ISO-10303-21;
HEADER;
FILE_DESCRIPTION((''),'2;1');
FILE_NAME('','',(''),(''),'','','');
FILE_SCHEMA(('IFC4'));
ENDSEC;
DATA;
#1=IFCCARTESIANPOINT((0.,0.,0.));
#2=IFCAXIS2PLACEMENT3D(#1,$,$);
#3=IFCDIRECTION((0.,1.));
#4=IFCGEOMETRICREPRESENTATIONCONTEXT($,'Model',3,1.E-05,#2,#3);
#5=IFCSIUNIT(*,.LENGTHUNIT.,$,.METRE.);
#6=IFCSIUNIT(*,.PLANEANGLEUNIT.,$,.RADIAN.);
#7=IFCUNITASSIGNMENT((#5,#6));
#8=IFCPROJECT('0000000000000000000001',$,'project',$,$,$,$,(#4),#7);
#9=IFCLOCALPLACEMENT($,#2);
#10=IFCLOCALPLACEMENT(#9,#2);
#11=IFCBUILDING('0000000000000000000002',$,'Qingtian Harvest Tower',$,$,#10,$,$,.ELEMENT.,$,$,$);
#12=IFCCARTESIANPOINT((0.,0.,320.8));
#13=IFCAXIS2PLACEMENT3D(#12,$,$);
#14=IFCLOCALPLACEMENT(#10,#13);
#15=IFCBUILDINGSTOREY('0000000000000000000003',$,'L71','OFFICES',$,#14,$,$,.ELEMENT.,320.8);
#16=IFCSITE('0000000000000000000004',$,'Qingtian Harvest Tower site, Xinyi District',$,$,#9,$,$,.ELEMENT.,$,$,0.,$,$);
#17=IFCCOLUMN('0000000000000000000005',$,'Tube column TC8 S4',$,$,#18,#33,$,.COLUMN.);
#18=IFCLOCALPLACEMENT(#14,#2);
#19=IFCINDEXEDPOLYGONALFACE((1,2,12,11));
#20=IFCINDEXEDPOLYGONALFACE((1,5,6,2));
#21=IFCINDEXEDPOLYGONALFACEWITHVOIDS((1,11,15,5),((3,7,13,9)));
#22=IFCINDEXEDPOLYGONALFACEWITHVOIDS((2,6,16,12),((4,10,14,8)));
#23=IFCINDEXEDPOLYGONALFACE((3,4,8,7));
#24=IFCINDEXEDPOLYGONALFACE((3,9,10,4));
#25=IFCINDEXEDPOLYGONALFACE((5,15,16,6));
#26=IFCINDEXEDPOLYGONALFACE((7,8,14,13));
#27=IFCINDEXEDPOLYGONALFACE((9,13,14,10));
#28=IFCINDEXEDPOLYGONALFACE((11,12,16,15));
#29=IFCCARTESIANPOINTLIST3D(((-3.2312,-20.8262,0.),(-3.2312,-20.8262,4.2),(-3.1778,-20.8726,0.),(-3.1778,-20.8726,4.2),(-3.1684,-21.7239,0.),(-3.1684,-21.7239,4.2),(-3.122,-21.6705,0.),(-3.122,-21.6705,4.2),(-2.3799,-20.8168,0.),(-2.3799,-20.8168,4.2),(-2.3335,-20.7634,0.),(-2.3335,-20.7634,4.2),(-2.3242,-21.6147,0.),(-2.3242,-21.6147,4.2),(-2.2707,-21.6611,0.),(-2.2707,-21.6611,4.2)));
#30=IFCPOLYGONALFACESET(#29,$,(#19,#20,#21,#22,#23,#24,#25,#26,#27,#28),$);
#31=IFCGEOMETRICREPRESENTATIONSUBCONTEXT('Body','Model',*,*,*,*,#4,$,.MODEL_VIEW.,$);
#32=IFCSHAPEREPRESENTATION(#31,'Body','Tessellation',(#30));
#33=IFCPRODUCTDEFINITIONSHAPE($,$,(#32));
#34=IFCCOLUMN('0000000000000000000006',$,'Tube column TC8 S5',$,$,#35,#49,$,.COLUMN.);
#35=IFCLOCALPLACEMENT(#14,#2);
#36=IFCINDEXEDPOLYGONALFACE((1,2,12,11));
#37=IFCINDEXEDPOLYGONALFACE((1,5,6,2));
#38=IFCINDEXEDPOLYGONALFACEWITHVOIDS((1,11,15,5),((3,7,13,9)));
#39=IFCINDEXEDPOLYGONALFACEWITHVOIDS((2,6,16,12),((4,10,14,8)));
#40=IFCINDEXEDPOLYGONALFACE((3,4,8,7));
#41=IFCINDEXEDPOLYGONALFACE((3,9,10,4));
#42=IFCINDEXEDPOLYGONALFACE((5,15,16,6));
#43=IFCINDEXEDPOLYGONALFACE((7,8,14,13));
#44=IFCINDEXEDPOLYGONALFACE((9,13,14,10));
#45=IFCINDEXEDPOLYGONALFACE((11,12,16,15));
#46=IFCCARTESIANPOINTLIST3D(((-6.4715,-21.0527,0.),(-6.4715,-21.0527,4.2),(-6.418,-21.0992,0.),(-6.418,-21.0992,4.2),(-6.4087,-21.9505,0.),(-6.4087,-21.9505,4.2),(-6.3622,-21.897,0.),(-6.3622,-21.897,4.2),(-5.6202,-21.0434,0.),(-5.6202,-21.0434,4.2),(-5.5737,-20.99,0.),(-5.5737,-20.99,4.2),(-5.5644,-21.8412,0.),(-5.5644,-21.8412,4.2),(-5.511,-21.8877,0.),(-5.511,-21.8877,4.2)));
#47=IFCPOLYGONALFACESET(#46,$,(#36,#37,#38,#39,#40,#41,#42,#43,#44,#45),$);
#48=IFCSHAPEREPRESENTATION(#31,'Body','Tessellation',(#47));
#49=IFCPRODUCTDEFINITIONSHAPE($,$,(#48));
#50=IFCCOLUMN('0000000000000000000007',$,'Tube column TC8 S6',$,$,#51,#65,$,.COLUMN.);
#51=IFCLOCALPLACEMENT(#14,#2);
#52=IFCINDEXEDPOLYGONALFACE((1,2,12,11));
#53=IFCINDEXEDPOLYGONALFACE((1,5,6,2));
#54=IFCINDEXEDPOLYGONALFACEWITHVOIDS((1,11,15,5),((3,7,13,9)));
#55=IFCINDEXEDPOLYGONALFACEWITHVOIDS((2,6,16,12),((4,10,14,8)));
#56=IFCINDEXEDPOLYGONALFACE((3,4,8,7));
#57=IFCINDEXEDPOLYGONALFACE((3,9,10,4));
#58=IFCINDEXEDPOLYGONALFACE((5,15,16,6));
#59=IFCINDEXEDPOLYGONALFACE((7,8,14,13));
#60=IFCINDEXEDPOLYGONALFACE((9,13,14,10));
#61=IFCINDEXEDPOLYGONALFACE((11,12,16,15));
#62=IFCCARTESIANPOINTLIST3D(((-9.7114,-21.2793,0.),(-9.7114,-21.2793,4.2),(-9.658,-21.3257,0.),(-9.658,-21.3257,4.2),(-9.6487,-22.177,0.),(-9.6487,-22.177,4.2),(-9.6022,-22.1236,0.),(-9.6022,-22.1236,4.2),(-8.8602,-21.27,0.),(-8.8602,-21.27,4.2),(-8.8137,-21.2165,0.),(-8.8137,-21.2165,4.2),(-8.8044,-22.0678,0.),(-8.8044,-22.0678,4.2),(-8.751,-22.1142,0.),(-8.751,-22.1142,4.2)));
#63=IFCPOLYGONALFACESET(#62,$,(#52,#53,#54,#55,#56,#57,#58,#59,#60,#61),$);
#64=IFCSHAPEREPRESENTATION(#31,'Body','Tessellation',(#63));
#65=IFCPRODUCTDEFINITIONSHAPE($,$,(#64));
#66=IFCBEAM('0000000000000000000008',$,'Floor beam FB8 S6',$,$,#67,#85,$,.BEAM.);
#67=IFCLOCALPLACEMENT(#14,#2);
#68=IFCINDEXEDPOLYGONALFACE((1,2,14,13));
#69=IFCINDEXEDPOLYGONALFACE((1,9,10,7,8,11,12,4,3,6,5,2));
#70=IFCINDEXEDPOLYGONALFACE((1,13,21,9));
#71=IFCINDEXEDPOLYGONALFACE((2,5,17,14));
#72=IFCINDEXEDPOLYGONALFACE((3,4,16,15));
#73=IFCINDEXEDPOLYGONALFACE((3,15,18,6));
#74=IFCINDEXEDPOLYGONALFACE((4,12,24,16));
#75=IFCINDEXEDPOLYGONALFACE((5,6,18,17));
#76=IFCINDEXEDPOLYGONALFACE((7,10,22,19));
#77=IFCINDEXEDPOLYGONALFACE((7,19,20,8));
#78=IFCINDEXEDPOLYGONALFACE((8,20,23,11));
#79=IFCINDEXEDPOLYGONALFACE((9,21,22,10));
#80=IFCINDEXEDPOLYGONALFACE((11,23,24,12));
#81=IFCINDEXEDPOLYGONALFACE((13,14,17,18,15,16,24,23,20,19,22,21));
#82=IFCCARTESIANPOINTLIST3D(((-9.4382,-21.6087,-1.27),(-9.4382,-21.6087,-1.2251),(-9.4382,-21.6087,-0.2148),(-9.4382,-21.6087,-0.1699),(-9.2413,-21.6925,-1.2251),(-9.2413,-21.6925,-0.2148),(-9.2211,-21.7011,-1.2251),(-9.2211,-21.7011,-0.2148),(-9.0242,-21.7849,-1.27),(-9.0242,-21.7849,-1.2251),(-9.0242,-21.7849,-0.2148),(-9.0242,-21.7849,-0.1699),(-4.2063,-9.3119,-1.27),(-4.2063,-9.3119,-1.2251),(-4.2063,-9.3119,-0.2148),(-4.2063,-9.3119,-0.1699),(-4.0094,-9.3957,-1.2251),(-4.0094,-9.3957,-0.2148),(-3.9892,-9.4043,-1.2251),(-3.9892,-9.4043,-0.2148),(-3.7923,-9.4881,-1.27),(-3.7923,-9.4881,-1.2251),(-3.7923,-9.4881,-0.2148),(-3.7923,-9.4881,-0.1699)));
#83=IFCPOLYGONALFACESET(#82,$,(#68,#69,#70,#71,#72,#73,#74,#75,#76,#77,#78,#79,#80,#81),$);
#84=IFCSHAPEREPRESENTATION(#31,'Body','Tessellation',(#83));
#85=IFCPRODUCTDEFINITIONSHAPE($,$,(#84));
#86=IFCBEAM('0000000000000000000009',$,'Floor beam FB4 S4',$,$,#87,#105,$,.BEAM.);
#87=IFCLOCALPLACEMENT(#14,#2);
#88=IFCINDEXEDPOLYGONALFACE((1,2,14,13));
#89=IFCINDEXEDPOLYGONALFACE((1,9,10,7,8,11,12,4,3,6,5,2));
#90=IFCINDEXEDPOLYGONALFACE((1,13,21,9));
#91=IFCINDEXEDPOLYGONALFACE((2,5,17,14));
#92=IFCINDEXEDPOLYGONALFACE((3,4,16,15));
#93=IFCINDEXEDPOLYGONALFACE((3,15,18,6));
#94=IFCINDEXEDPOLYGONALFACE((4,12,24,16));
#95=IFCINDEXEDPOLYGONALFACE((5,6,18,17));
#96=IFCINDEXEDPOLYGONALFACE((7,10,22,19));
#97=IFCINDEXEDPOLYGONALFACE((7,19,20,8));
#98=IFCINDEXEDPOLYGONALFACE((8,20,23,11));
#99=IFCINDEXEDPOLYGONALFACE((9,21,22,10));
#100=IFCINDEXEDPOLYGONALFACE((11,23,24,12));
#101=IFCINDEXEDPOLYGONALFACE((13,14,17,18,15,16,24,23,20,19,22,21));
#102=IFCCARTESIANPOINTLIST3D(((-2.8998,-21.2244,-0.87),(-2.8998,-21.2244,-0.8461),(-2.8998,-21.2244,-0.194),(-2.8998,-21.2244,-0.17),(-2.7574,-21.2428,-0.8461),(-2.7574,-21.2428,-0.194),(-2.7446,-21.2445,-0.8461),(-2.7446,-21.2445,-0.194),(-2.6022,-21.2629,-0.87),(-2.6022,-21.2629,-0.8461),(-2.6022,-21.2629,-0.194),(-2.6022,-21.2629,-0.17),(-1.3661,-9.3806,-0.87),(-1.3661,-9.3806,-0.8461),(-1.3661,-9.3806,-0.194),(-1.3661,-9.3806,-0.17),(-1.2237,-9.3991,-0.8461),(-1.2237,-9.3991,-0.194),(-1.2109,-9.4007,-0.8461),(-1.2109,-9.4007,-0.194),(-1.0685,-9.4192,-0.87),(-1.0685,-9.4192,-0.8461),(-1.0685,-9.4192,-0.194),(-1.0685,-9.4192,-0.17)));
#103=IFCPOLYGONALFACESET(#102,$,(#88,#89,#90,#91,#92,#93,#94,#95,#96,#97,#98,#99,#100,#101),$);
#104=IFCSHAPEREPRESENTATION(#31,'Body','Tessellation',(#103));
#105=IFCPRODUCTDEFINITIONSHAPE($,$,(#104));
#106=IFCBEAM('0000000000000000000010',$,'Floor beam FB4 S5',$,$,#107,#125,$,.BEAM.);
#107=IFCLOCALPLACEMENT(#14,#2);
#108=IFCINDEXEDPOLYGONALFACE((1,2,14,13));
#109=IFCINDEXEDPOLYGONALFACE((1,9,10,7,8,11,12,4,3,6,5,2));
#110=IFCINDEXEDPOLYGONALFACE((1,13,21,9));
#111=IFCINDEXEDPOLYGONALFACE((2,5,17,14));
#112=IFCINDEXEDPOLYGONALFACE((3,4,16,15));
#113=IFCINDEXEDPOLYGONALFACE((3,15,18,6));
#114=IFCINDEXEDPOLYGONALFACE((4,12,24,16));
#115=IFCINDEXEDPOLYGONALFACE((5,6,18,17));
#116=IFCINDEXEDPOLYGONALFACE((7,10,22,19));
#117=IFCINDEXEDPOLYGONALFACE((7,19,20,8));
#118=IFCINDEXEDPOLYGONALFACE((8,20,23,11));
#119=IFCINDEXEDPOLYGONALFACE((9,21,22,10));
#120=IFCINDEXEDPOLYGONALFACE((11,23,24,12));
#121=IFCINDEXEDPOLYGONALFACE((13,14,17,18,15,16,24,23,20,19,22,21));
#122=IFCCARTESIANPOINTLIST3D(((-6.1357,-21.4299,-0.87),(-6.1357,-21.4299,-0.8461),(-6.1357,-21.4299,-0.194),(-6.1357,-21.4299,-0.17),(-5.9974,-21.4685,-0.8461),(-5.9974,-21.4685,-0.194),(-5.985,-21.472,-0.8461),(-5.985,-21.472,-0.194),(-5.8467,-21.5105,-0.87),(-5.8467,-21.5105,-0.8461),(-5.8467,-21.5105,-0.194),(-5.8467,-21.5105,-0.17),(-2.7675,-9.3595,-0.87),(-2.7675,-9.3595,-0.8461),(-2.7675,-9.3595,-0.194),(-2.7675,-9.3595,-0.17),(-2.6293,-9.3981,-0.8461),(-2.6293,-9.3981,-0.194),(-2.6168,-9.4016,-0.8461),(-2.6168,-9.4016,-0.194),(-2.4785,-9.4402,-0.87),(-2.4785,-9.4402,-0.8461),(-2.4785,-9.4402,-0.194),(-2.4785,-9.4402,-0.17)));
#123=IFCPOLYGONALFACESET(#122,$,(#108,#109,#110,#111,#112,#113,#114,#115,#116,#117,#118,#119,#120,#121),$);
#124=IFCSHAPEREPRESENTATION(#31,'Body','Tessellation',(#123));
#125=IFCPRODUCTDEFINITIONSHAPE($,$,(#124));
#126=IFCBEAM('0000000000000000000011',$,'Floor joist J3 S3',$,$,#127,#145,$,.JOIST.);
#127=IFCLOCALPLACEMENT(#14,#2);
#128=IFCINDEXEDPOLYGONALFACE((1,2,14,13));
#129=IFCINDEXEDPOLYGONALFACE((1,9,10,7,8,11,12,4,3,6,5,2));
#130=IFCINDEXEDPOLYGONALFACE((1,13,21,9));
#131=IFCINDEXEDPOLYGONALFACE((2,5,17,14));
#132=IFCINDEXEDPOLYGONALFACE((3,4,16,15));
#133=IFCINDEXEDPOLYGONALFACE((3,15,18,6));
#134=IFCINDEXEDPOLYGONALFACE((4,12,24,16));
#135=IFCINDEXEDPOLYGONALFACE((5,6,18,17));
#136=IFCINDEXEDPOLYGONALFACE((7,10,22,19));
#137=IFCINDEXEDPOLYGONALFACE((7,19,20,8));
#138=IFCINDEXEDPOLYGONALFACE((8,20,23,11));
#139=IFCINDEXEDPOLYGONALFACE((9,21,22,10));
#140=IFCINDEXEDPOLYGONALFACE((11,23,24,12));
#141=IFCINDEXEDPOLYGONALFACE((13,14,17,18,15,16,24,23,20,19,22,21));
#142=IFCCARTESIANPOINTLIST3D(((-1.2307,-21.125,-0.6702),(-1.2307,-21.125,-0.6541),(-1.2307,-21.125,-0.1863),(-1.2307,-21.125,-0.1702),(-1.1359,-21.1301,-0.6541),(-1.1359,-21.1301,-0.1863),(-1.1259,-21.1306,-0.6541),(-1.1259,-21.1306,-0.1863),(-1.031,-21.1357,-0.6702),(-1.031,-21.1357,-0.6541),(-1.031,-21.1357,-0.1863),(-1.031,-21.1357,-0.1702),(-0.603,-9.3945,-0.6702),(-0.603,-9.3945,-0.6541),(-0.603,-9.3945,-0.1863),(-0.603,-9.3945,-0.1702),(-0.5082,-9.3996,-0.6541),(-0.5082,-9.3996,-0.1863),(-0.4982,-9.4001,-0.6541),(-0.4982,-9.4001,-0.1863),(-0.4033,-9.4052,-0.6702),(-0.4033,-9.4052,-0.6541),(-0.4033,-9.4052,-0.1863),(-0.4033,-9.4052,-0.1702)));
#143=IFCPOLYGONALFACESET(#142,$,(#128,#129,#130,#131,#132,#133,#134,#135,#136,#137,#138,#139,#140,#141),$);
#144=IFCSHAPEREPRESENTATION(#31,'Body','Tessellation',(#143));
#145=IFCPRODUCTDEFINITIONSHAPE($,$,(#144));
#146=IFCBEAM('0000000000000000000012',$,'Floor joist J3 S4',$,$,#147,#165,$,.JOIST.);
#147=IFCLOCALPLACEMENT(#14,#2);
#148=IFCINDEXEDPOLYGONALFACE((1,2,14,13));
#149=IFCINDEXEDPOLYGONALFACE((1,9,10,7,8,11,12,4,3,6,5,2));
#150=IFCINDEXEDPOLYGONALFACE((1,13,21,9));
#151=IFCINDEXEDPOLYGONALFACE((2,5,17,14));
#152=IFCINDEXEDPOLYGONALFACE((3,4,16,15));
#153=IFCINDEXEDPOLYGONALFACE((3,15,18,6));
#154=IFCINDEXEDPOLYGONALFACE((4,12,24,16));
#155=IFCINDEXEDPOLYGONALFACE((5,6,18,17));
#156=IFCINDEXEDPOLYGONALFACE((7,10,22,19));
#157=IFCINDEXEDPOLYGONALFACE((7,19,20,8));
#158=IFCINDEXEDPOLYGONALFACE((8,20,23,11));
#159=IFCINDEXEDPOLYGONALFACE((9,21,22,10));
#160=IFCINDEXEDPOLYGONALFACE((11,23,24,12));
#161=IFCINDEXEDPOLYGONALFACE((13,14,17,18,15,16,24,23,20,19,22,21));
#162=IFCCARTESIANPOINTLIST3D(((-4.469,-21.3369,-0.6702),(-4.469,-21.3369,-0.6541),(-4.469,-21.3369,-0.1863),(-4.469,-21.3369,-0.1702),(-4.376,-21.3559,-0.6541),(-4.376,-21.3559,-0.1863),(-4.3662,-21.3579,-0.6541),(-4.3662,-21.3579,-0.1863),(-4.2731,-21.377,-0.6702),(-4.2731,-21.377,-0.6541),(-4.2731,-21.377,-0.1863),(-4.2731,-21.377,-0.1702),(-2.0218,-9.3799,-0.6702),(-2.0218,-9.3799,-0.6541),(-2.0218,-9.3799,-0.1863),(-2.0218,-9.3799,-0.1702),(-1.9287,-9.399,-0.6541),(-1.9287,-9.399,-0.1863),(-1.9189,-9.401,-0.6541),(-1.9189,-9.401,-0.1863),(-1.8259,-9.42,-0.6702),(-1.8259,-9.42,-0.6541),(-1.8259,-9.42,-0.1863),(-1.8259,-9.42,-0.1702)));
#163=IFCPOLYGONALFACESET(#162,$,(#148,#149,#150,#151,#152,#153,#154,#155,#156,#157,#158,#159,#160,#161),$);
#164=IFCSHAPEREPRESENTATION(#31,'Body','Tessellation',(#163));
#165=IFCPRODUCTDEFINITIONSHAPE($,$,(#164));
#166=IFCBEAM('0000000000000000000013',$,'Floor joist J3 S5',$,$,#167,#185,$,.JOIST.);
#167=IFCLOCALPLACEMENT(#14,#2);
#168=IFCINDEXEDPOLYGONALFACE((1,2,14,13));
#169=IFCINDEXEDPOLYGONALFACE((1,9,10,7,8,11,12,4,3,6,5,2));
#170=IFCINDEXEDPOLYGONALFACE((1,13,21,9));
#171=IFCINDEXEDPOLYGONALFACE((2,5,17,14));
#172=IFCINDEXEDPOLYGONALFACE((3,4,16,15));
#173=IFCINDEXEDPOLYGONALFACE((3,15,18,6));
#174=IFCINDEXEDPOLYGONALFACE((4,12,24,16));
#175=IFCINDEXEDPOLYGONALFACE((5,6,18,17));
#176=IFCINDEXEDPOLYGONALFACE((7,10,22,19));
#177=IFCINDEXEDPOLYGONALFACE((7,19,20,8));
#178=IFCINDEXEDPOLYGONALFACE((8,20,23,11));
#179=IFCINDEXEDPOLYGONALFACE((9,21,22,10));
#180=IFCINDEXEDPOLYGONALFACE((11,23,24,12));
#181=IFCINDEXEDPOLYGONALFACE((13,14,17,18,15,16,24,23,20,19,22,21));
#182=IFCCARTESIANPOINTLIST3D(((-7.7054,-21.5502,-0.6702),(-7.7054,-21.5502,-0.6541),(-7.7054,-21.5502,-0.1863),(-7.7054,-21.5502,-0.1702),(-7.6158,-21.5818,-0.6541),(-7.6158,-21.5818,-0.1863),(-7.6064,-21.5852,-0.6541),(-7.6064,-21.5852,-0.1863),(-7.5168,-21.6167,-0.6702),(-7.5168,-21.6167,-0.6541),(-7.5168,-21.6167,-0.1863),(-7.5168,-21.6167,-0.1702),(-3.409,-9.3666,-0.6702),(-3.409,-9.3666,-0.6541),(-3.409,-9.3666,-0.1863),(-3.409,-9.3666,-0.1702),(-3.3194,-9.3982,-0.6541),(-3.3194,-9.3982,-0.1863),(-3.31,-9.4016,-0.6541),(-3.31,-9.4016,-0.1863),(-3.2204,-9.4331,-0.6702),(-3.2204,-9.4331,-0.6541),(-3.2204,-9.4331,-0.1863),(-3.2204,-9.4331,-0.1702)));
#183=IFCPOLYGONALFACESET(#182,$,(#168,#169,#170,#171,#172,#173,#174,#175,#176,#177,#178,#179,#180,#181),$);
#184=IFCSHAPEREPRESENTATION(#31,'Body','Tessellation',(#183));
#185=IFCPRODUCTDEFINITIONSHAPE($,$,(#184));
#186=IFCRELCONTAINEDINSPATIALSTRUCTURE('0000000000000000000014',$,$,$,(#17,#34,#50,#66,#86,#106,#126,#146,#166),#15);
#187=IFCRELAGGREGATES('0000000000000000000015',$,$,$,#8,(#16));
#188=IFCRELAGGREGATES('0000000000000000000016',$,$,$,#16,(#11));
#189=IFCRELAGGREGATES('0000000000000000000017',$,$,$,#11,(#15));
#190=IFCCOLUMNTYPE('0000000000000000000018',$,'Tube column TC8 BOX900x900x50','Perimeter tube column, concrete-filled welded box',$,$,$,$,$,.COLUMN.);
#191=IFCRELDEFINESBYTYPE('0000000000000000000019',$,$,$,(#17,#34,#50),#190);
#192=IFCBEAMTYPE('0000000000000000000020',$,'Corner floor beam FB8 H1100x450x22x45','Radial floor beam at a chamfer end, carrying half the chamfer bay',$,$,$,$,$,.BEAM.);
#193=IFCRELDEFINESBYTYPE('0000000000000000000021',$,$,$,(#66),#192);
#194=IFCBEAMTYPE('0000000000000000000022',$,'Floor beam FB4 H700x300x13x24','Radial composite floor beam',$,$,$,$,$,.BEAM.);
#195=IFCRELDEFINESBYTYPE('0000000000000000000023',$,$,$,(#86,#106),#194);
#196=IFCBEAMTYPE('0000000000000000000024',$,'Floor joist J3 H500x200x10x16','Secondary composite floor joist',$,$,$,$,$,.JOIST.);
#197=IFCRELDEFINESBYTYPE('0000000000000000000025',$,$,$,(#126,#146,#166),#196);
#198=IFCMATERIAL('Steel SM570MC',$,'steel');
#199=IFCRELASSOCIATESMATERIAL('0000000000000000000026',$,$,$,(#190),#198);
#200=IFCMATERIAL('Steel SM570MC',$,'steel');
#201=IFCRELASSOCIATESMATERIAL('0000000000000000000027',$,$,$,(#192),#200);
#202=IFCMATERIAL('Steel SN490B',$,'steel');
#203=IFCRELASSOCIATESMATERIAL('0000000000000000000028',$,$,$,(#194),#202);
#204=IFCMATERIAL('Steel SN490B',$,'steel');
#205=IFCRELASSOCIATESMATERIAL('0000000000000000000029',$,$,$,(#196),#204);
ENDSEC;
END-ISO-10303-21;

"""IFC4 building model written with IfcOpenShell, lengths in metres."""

from ifc_helpers import new_model, si_unit, direction, frame, origin, origin_2d, place, context, subcontext, project, spatial, hollow_rectangle, i_section, extrude, material, material_profile, profile_set, type_object, element, save


model = new_model("IFC4")

# Units and contexts
model_context = context("Model", 3, precision=1e-05, world=origin(), true_north=direction((0.0, 1.0)))
body_context = subcontext(model_context, "Body", "Model", "MODEL_VIEW")
ifc_project = project(units=[si_unit("LENGTHUNIT", "METRE"), si_unit("PLANEANGLEUNIT", "RADIAN")], contexts=[model_context])

# Site, building, storey
site_placement = place(None, origin())
site = spatial("IfcSite", under=ifc_project, at=site_placement, Name="Qingtian Harvest Tower site, Xinyi District", CompositionType="ELEMENT", RefElevation=0.0)
building_placement = place(site_placement, origin())
building = spatial("IfcBuilding", under=site, at=building_placement, Name="Qingtian Harvest Tower", CompositionType="ELEMENT")
storey_placement = place(building_placement, frame((0.0, 0.0, 320.8)))
storey = spatial("IfcBuildingStorey", under=building, at=storey_placement, Name="L71", Description="OFFICES", CompositionType="ELEMENT", Elevation=320.8)

# Columns
ifc_material_1 = material(Name="Steel SM570MC", Category="steel")
ifc_material_profile_1 = material_profile(ifc_material_1, hollow_rectangle(XDim=0.8999, YDim=0.8999, WallThickness=0.05, at=origin_2d()), Name="BOX900x900x50")
ifc_profile_set_1 = profile_set([ifc_material_profile_1], Name="Steel SM570MC")
column_type = type_object("IfcColumnType", Name="Tube column TC8 BOX900x900x50", Description="Perimeter tube column, concrete-filled welded box", PredefinedType="COLUMN", material=ifc_profile_set_1)
for number, where, z_axis, x_axis, name in (
    (1, (-2.751, -21.2437, 0.0), (0.0, 0.0, 1.0), (0.997564, 0.069756, 0.0), "Tube column TC8 S4"),
    (2, (-5.9912, -21.4702, 0.0), (0.0, 0.0, 1.0), (0.997564, 0.069756, 0.0), "Tube column TC8 S5"),
    (3, (-9.2312, -21.6968, 0.0), (0.0, 0.0, 1.0), (0.997564, 0.069756, 0.0), "Tube column TC8 S6"),
):
    element("IfcColumn", number, at=place(storey_placement, frame(where, z_axis=z_axis, x_axis=x_axis)), inside=storey, type_object=column_type, Name=name, PredefinedType="COLUMN", context=body_context, shape_type="SweptSolid", body=[
        extrude(hollow_rectangle(XDim=0.8999, YDim=0.8999, WallThickness=0.05, at=origin_2d()), origin(), (0.0, 0.0, 1.0), 4.2),
    ])

# Beams
ifc_material_2 = material(Name="Steel SM570MC", Category="steel")
ifc_material_profile_2 = material_profile(ifc_material_2, i_section(OverallWidth=0.45, OverallDepth=1.1001, WebThickness=0.022, FlangeThickness=0.0449, at=origin_2d()), Name="H1100x450x22x45")
ifc_profile_set_2 = profile_set([ifc_material_profile_2], Name="Steel SM570MC")
beam_type_1 = type_object("IfcBeamType", Name="Corner floor beam FB8 H1100x450x22x45", Description="Radial floor beam at a chamfer end, carrying half the chamfer bay", PredefinedType="BEAM", material=ifc_profile_set_2)
beam_1_placement = place(storey_placement, frame((-9.2312, -21.6968, -0.72), z_axis=(0.391506, 0.920176, 0.0), x_axis=(-0.920176, 0.391506, 0.0)))
element("IfcBeam", 4, at=beam_1_placement, inside=storey, type_object=beam_type_1, Name="Floor beam FB8 S6", PredefinedType="BEAM", context=body_context, shape_type="SweptSolid", body=[
    extrude(i_section(OverallWidth=0.45, OverallDepth=1.1001, WebThickness=0.022, FlangeThickness=0.0449, at=origin_2d()), origin(), (0.0, 0.0, 1.0), 13.3635),
])
ifc_material_3 = material(Name="Steel SN490B", Category="steel")
ifc_material_profile_3 = material_profile(ifc_material_3, i_section(OverallWidth=0.3, OverallDepth=0.7, WebThickness=0.0129, FlangeThickness=0.0239, at=origin_2d()), Name="H700x300x13x24")
ifc_profile_set_3 = profile_set([ifc_material_profile_3], Name="Steel SN490B")
beam_type_2 = type_object("IfcBeamType", Name="Floor beam FB4 H700x300x13x24", Description="Radial composite floor beam", PredefinedType="BEAM", material=ifc_profile_set_3)
beam_2_placement = place(storey_placement, frame((-2.751, -21.2437, -0.52), z_axis=(0.128421, 0.99172, 0.0), x_axis=(-0.99172, 0.128421, 0.0)))
element("IfcBeam", 5, at=beam_2_placement, inside=storey, type_object=beam_type_2, Name="Floor beam FB4 S4", PredefinedType="BEAM", context=body_context, shape_type="SweptSolid", body=[
    extrude(i_section(OverallWidth=0.3, OverallDepth=0.7, WebThickness=0.0129, FlangeThickness=0.0239, at=origin_2d()), origin(), (0.0, 0.0, 1.0), 11.9426),
])
beam_3_placement = place(storey_placement, frame((-5.9912, -21.4702, -0.52), z_axis=(0.268777, 0.963202, 0.0), x_axis=(-0.963202, 0.268777, 0.0)))
element("IfcBeam", 6, at=beam_3_placement, inside=storey, type_object=beam_type_2, Name="Floor beam FB4 S5", PredefinedType="BEAM", context=body_context, shape_type="SweptSolid", body=[
    extrude(i_section(OverallWidth=0.3, OverallDepth=0.7, WebThickness=0.0129, FlangeThickness=0.0239, at=origin_2d()), origin(), (0.0, 0.0, 1.0), 12.5315),
])
ifc_material_4 = material(Name="Steel SN490B", Category="steel")
ifc_material_profile_4 = material_profile(ifc_material_4, i_section(OverallWidth=0.2, OverallDepth=0.5, WebThickness=0.01, FlangeThickness=0.0161, at=origin_2d()), Name="H500x200x10x16")
ifc_profile_set_4 = profile_set([ifc_material_profile_4], Name="Steel SN490B")
beam_type_3 = type_object("IfcBeamType", Name="Floor joist J3 H500x200x10x16", Description="Secondary composite floor joist", PredefinedType="JOIST", material=ifc_profile_set_4)
beam_4_placement = place(storey_placement, frame((-1.1309, -21.1304, -0.4202), z_axis=(0.053433, 0.998571, 0.0), x_axis=(-0.998571, 0.053433, 0.0)))
element("IfcBeam", 7, at=beam_4_placement, inside=storey, type_object=beam_type_3, Name="Floor joist J3 S3", PredefinedType="JOIST", context=body_context, shape_type="SweptSolid", body=[
    extrude(i_section(OverallWidth=0.2, OverallDepth=0.5, WebThickness=0.01, FlangeThickness=0.0161, at=origin_2d()), origin(), (0.0, 0.0, 1.0), 11.7473),
])
beam_5_placement = place(storey_placement, frame((-4.3711, -21.3569, -0.4202), z_axis=(0.200515, 0.979691, 0.0), x_axis=(-0.979691, 0.200515, 0.0)))
element("IfcBeam", 8, at=beam_5_placement, inside=storey, type_object=beam_type_3, Name="Floor joist J3 S4", PredefinedType="JOIST", context=body_context, shape_type="SweptSolid", body=[
    extrude(i_section(OverallWidth=0.2, OverallDepth=0.5, WebThickness=0.01, FlangeThickness=0.0161, at=origin_2d()), origin(), (0.0, 0.0, 1.0), 12.2048),
])
beam_6_placement = place(storey_placement, frame((-7.6111, -21.5835, -0.4202), z_axis=(0.332565, 0.94308, 0.0), x_axis=(-0.94308, 0.332565, 0.0)))
element("IfcBeam", 9, at=beam_6_placement, inside=storey, type_object=beam_type_3, Name="Floor joist J3 S5", PredefinedType="JOIST", context=body_context, shape_type="SweptSolid", body=[
    extrude(i_section(OverallWidth=0.2, OverallDepth=0.5, WebThickness=0.01, FlangeThickness=0.0161, at=origin_2d()), origin(), (0.0, 0.0, 1.0), 12.9189),
])

save(model, "model.ifc")
